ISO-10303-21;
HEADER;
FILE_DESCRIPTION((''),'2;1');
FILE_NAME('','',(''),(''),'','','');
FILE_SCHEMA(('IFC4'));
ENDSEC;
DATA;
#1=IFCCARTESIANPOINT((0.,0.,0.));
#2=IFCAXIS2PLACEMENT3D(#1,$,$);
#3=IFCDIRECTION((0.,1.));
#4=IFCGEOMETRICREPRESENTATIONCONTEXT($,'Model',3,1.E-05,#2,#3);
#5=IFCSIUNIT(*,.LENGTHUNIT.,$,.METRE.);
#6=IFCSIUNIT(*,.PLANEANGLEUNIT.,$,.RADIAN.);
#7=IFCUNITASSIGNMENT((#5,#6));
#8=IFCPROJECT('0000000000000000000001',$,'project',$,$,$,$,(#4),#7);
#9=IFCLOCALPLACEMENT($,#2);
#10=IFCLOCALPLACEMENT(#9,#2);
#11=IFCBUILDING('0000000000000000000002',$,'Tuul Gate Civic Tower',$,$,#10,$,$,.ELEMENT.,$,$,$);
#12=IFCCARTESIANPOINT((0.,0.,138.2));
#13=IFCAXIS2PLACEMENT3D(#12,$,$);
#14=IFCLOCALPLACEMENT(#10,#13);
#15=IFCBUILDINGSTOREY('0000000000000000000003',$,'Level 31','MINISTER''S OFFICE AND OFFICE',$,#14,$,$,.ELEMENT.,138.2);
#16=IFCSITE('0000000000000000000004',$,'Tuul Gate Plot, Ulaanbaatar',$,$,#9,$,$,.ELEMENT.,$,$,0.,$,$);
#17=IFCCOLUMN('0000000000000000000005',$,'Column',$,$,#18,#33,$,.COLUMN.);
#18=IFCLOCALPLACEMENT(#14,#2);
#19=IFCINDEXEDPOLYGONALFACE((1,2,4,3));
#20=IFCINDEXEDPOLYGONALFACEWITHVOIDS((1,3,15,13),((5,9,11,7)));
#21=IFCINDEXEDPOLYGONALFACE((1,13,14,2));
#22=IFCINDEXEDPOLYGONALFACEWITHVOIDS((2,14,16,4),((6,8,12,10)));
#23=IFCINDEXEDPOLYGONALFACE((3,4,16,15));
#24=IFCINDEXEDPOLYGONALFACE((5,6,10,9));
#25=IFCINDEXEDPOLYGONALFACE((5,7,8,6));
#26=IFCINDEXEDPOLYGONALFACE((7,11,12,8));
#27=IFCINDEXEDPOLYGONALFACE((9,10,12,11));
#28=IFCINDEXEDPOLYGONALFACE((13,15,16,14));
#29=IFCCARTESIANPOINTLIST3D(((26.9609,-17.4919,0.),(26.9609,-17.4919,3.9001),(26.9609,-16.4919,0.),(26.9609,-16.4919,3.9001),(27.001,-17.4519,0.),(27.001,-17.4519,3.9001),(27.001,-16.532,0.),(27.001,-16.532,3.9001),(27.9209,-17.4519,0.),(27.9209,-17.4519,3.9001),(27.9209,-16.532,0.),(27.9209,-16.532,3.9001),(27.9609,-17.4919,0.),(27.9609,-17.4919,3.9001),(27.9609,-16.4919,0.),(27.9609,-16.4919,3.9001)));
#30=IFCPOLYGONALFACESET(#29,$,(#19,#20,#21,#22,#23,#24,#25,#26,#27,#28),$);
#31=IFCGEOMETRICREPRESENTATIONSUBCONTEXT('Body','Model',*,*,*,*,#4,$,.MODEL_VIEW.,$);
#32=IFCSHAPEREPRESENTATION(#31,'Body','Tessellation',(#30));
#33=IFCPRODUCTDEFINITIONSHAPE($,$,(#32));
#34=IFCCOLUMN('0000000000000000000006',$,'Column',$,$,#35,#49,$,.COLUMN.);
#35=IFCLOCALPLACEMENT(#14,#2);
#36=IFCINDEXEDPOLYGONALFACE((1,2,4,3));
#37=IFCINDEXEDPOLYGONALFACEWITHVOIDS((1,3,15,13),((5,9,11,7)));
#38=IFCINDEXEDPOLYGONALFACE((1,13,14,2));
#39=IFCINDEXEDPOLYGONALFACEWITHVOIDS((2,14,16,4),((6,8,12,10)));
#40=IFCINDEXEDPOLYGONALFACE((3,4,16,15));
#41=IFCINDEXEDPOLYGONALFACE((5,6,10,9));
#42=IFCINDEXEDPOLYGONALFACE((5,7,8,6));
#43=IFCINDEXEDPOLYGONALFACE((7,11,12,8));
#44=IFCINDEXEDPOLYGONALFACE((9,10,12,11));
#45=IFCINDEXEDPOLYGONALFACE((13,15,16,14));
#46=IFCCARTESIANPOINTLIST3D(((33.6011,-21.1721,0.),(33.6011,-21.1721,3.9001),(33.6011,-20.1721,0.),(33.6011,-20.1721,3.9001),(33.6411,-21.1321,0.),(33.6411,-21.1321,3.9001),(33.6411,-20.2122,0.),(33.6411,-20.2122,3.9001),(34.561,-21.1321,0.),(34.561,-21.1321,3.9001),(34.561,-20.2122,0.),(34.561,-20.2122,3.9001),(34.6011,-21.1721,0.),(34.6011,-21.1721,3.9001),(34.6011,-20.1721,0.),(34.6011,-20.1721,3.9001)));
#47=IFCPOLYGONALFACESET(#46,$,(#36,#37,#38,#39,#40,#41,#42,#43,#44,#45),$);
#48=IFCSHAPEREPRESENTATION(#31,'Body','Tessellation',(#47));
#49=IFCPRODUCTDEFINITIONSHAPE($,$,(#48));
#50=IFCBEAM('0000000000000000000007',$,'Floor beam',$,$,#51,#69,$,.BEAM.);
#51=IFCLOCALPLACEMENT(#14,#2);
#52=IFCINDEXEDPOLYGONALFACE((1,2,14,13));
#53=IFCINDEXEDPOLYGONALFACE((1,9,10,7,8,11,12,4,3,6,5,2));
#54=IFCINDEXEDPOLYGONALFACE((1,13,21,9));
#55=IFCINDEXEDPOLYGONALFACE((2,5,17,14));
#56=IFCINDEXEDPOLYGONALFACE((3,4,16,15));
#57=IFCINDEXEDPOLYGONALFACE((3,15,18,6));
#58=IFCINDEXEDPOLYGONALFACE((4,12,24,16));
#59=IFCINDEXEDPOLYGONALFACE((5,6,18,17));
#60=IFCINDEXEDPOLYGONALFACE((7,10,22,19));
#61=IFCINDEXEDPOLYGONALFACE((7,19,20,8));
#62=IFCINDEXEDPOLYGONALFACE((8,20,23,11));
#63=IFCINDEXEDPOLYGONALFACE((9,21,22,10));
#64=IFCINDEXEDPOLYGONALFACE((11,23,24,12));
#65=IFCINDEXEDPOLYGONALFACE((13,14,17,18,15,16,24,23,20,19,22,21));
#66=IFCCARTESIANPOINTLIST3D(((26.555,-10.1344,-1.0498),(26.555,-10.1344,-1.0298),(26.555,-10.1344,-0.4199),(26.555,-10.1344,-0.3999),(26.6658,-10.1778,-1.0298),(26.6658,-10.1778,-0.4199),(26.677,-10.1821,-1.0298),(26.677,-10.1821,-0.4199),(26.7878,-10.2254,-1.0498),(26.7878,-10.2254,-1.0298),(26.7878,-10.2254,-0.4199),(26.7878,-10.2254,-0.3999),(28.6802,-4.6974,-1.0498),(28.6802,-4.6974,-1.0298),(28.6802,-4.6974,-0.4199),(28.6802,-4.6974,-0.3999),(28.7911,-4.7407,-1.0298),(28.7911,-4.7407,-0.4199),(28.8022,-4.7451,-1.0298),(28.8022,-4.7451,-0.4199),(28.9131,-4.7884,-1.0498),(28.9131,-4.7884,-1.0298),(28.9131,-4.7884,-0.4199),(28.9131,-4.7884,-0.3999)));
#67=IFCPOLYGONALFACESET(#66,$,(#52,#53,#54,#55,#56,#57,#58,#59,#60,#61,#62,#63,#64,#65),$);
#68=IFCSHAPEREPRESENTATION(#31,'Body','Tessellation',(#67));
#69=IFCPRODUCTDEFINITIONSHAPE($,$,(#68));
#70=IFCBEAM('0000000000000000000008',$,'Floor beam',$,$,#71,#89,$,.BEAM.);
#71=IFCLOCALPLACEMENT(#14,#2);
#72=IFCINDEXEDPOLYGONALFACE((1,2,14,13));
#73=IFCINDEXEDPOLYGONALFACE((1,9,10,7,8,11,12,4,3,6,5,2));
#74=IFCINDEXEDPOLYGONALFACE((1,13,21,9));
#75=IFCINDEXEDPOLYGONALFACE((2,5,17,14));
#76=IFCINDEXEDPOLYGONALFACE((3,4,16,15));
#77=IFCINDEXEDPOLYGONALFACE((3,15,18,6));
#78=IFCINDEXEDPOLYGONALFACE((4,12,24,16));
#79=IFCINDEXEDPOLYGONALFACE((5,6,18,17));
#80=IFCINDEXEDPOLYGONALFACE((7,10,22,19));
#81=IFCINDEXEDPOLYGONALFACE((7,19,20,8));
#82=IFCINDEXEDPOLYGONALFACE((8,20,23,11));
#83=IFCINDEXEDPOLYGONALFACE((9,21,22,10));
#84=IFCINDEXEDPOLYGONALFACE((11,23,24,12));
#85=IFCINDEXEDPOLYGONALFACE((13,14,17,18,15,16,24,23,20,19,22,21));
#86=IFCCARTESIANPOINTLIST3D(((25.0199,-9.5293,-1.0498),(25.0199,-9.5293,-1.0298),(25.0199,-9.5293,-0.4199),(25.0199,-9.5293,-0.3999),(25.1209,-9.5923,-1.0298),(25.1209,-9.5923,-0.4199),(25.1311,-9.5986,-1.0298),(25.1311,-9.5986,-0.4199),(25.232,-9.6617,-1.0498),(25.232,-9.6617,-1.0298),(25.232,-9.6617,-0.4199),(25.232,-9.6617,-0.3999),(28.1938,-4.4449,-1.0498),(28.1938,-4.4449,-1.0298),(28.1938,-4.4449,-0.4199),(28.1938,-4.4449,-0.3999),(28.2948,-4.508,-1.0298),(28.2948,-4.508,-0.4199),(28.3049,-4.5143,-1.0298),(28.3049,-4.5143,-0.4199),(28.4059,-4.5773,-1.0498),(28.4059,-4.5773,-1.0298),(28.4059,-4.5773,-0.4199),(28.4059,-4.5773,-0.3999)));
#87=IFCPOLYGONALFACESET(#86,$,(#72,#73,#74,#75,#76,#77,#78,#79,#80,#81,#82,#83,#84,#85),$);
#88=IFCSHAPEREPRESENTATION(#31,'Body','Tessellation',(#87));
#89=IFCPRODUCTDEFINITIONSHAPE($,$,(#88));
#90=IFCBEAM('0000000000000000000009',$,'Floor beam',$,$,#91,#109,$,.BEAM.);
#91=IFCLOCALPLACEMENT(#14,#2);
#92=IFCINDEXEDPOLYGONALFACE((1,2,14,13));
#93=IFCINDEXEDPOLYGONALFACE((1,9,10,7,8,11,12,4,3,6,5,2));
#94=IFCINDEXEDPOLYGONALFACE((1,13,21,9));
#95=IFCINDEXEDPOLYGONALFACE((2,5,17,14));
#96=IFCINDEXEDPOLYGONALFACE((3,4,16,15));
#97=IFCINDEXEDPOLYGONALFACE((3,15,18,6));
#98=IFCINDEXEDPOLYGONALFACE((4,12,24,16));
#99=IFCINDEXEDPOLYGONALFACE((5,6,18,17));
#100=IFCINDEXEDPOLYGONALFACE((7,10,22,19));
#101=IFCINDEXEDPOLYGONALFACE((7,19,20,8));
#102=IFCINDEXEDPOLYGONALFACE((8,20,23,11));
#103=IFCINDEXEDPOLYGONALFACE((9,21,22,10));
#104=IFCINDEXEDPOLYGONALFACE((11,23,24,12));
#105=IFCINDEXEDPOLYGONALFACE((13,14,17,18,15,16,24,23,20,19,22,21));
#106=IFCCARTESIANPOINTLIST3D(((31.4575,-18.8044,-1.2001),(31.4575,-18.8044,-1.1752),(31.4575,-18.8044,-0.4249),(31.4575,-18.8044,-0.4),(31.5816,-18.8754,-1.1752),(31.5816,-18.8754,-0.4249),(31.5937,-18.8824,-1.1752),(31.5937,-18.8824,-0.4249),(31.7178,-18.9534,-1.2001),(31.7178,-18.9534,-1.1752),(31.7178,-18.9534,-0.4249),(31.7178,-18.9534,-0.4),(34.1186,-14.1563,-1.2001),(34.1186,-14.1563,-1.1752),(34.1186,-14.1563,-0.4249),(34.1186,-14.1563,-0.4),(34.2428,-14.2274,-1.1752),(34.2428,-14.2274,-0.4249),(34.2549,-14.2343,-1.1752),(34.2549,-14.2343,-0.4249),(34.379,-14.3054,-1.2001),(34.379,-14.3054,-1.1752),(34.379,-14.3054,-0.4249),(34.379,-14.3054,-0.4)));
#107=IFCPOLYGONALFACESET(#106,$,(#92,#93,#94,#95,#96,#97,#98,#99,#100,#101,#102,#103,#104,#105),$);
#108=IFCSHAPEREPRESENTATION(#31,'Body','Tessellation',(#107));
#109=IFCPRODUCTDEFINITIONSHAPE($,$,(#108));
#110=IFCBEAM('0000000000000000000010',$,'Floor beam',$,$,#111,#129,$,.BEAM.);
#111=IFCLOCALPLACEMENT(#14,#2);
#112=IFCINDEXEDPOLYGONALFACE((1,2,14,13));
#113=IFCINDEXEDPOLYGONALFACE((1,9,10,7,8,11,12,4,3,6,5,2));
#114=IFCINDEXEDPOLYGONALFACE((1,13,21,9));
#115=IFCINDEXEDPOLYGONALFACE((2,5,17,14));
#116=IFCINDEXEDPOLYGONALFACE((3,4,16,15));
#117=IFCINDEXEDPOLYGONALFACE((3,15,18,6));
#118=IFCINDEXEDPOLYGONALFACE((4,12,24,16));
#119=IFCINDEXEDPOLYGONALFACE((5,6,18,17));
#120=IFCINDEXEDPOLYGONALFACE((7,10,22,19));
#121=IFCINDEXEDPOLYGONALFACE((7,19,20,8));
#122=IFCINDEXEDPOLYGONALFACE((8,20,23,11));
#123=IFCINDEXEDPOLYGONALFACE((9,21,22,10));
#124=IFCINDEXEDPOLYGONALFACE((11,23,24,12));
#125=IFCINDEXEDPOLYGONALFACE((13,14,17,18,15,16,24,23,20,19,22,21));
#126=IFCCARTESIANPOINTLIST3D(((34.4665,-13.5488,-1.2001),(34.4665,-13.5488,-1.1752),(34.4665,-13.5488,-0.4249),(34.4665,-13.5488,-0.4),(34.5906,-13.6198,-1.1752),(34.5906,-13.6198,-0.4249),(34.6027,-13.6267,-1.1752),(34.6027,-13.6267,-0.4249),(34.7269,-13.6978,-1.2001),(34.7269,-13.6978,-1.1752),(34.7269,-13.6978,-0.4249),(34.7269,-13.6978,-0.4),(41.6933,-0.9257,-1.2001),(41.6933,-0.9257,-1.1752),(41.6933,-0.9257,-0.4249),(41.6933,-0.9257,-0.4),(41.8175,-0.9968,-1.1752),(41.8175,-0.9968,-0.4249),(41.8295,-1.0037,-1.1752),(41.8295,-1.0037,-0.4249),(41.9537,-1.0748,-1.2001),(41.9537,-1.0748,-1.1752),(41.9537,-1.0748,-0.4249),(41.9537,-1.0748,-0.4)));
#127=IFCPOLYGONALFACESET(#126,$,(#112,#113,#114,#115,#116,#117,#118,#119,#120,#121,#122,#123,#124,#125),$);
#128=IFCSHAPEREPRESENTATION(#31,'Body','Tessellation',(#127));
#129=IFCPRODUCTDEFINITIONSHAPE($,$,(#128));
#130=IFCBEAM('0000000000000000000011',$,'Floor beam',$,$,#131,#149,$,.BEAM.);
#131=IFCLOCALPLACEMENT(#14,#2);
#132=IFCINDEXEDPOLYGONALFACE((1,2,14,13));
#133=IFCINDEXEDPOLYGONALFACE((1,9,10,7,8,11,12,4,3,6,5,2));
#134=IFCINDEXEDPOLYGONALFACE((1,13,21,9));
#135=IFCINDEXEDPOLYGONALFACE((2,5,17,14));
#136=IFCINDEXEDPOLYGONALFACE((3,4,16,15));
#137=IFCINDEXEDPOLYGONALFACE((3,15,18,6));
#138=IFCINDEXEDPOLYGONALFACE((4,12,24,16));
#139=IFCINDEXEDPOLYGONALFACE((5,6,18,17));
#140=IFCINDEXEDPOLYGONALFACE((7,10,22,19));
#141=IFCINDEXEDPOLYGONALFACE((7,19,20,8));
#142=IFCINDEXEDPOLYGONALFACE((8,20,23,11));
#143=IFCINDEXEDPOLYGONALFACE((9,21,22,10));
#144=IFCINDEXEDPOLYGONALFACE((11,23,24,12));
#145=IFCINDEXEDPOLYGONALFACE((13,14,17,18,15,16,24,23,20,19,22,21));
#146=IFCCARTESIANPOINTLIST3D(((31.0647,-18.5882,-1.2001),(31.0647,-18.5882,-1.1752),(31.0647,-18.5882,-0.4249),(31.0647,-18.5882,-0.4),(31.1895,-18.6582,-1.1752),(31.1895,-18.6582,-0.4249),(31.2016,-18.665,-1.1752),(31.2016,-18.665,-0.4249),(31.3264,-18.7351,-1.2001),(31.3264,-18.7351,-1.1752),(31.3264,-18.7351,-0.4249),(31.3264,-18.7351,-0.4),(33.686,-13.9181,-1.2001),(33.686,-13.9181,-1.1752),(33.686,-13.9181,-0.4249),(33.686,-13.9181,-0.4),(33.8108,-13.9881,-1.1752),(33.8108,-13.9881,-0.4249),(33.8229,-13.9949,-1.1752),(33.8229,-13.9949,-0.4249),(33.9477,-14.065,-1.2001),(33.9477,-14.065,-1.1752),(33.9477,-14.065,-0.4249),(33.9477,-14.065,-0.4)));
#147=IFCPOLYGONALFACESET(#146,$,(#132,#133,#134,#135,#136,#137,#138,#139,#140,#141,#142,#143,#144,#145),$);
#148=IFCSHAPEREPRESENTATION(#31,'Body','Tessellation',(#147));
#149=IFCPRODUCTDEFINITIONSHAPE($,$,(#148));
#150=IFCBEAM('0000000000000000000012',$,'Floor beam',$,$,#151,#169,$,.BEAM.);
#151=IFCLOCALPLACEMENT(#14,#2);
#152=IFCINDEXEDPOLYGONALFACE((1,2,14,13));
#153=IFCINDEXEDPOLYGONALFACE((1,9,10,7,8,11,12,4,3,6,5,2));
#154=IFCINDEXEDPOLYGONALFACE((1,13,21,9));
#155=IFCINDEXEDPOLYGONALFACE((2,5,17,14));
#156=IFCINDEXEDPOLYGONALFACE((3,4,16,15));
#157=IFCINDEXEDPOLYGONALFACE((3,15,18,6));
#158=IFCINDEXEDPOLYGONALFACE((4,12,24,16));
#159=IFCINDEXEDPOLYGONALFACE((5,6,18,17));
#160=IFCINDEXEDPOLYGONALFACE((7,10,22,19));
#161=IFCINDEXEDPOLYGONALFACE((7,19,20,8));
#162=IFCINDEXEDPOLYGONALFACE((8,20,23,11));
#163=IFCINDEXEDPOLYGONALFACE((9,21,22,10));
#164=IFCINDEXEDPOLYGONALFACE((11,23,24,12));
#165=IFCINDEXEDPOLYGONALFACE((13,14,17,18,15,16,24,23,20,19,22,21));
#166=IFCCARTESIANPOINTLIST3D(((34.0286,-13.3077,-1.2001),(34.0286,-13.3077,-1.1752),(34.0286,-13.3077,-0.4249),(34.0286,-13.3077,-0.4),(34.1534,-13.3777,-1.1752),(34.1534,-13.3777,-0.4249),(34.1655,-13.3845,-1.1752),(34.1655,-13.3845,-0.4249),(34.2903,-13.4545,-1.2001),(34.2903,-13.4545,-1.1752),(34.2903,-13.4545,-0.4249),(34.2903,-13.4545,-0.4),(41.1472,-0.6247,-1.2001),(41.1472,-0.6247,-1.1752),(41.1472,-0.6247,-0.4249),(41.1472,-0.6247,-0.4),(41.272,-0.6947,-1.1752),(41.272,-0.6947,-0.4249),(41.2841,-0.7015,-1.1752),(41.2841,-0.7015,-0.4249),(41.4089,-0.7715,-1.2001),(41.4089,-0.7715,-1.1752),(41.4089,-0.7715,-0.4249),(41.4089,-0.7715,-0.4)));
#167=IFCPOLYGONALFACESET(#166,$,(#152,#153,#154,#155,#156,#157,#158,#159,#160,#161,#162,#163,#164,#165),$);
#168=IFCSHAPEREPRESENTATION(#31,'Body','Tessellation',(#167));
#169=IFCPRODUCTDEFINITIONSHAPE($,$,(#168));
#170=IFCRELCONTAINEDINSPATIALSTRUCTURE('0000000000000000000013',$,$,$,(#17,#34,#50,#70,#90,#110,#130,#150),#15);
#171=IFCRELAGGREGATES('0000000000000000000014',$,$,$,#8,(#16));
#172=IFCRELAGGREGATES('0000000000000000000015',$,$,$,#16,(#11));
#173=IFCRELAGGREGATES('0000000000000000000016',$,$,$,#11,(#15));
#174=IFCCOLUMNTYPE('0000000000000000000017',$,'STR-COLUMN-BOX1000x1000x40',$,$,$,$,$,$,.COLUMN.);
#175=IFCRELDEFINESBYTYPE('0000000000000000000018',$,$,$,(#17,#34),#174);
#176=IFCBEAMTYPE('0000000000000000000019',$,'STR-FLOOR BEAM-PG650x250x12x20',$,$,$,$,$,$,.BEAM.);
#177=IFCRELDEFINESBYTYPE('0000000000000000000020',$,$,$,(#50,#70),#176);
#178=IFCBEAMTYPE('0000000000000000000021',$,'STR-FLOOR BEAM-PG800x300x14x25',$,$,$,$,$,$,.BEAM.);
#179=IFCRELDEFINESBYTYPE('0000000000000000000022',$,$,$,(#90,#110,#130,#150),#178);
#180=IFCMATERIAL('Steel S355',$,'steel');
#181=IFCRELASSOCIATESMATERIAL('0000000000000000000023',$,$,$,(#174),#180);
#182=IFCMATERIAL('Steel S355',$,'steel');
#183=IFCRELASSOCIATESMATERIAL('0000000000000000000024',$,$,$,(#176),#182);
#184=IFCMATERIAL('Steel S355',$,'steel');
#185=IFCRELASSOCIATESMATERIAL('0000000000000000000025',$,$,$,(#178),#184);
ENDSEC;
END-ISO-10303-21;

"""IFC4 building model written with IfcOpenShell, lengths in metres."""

from ifc_helpers import new_model, si_unit, direction, frame, origin, origin_2d, place, context, subcontext, project, spatial, hollow_rectangle, i_section, extrude, material, material_profile, profile_set, type_object, element, save


model = new_model("IFC4")

# Units and contexts
model_context = context("Model", 3, precision=1e-05, world=origin(), true_north=direction((0.0, 1.0)))
body_context = subcontext(model_context, "Body", "Model", "MODEL_VIEW")
ifc_project = project(units=[si_unit("LENGTHUNIT", "METRE"), si_unit("PLANEANGLEUNIT", "RADIAN")], contexts=[model_context])

# Site, building, storey
site_placement = place(None, origin())
site = spatial("IfcSite", under=ifc_project, at=site_placement, Name="Tuul Gate Plot, Ulaanbaatar", CompositionType="ELEMENT", RefElevation=0.0)
building_placement = place(site_placement, origin())
building = spatial("IfcBuilding", under=site, at=building_placement, Name="Tuul Gate Civic Tower", CompositionType="ELEMENT")
storey_placement = place(building_placement, frame((0.0, 0.0, 138.2)))
storey = spatial("IfcBuildingStorey", under=building, at=storey_placement, Name="Level 31", Description="MINISTER'S OFFICE AND OFFICE", CompositionType="ELEMENT", Elevation=138.2)

# Columns
ifc_material_1 = material(Name="Steel S355", Category="steel")
ifc_material_profile_1 = material_profile(ifc_material_1, hollow_rectangle(XDim=1.0, YDim=1.0, WallThickness=0.04, at=origin_2d()), Name="BOX1000x1000x40")
ifc_profile_set_1 = profile_set([ifc_material_profile_1], Name="Steel S355")
column_type = type_object("IfcColumnType", Name="STR-COLUMN-BOX1000x1000x40", PredefinedType="COLUMN", material=ifc_profile_set_1)
for number, where, z_axis, x_axis, name in (
    (1, (27.4609, -16.9919, 0.0), (0.0, 0.0, 1.0), (1.0, 0.0, 0.0), "Column"),
    (2, (34.1011, -20.6721, 0.0), (0.0, 0.0, 1.0), (1.0, 0.0, 0.0), "Column"),
):
    element("IfcColumn", number, at=place(storey_placement, frame(where, z_axis=z_axis, x_axis=x_axis)), inside=storey, type_object=column_type, Name=name, PredefinedType="COLUMN", context=body_context, shape_type="SweptSolid", body=[
        extrude(hollow_rectangle(XDim=1.0, YDim=1.0, WallThickness=0.04, at=origin_2d()), origin(), (0.0, 0.0, 1.0), 3.9001),
    ])

# Beams
ifc_material_2 = material(Name="Steel S355", Category="steel")
ifc_material_profile_2 = material_profile(ifc_material_2, i_section(OverallWidth=0.25, OverallDepth=0.6499, WebThickness=0.012, FlangeThickness=0.02, at=origin_2d()), Name="PG650x250x12x20")
ifc_profile_set_2 = profile_set([ifc_material_profile_2], Name="Steel S355")
beam_type_1 = type_object("IfcBeamType", Name="STR-FLOOR BEAM-PG650x250x12x20", PredefinedType="BEAM", material=ifc_profile_set_2)
beam_1_placement = place(storey_placement, frame((26.6714, -10.1799, -0.7249), z_axis=(0.36406, 0.931375, 0.0), x_axis=(-0.931375, 0.36406, 0.0)))
element("IfcBeam", 3, at=beam_1_placement, inside=storey, type_object=beam_type_1, Name="Floor beam", PredefinedType="BEAM", context=body_context, shape_type="SweptSolid", body=[
    extrude(i_section(OverallWidth=0.25, OverallDepth=0.6499, WebThickness=0.012, FlangeThickness=0.02, at=origin_2d()), origin(), (0.0, 0.0, 1.0), 5.8376),
])
beam_2_placement = place(storey_placement, frame((25.126, -9.5955, -0.7249), z_axis=(0.529541, 0.848284, 0.0), x_axis=(-0.848284, 0.529541, 0.0)))
element("IfcBeam", 4, at=beam_2_placement, inside=storey, type_object=beam_type_1, Name="Floor beam", PredefinedType="BEAM", context=body_context, shape_type="SweptSolid", body=[
    extrude(i_section(OverallWidth=0.25, OverallDepth=0.6499, WebThickness=0.012, FlangeThickness=0.02, at=origin_2d()), origin(), (0.0, 0.0, 1.0), 5.9937),
])
ifc_material_3 = material(Name="Steel S355", Category="steel")
ifc_material_profile_3 = material_profile(ifc_material_3, i_section(OverallWidth=0.3, OverallDepth=0.8, WebThickness=0.0139, FlangeThickness=0.0249, at=origin_2d()), Name="PG800x300x14x25")
ifc_profile_set_3 = profile_set([ifc_material_profile_3], Name="Steel S355")
beam_type_2 = type_object("IfcBeamType", Name="STR-FLOOR BEAM-PG800x300x14x25", PredefinedType="BEAM", material=ifc_profile_set_3)
beam_3_placement = place(storey_placement, frame((31.5876, -18.8789, -0.8), z_axis=(0.496865, 0.867828, 0.0), x_axis=(-0.867828, 0.496865, 0.0)))
element("IfcBeam", 5, at=beam_3_placement, inside=storey, type_object=beam_type_2, Name="Floor beam", PredefinedType="BEAM", context=body_context, shape_type="SweptSolid", body=[
    extrude(i_section(OverallWidth=0.3, OverallDepth=0.8, WebThickness=0.0139, FlangeThickness=0.0249, at=origin_2d()), origin(), (0.0, 0.0, 1.0), 5.356),
])
beam_4_placement = place(storey_placement, frame((34.5967, -13.6233, -0.8), z_axis=(0.496846, 0.867839, 0.0), x_axis=(-0.867839, 0.496846, 0.0)))
element("IfcBeam", 6, at=beam_4_placement, inside=storey, type_object=beam_type_2, Name="Floor beam", PredefinedType="BEAM", context=body_context, shape_type="SweptSolid", body=[
    extrude(i_section(OverallWidth=0.3, OverallDepth=0.8, WebThickness=0.0139, FlangeThickness=0.0249, at=origin_2d()), origin(), (0.0, 0.0, 1.0), 14.5454),
])
beam_5_placement = place(storey_placement, frame((31.1956, -18.6616, -0.8), z_axis=(0.489462, 0.872024, 0.0), x_axis=(-0.872024, 0.489462, 0.0)))
element("IfcBeam", 7, at=beam_5_placement, inside=storey, type_object=beam_type_2, Name="Floor beam", PredefinedType="BEAM", context=body_context, shape_type="SweptSolid", body=[
    extrude(i_section(OverallWidth=0.3, OverallDepth=0.8, WebThickness=0.0139, FlangeThickness=0.0249, at=origin_2d()), origin(), (0.0, 0.0, 1.0), 5.3555),
])
beam_6_placement = place(storey_placement, frame((34.1594, -13.3811, -0.8), z_axis=(0.489447, 0.872033, 0.0), x_axis=(-0.872033, 0.489447, 0.0)))
element("IfcBeam", 8, at=beam_6_placement, inside=storey, type_object=beam_type_2, Name="Floor beam", PredefinedType="BEAM", context=body_context, shape_type="SweptSolid", body=[
    extrude(i_section(OverallWidth=0.3, OverallDepth=0.8, WebThickness=0.0139, FlangeThickness=0.0249, at=origin_2d()), origin(), (0.0, 0.0, 1.0), 14.5442),
])

save(model, "model.ifc")
